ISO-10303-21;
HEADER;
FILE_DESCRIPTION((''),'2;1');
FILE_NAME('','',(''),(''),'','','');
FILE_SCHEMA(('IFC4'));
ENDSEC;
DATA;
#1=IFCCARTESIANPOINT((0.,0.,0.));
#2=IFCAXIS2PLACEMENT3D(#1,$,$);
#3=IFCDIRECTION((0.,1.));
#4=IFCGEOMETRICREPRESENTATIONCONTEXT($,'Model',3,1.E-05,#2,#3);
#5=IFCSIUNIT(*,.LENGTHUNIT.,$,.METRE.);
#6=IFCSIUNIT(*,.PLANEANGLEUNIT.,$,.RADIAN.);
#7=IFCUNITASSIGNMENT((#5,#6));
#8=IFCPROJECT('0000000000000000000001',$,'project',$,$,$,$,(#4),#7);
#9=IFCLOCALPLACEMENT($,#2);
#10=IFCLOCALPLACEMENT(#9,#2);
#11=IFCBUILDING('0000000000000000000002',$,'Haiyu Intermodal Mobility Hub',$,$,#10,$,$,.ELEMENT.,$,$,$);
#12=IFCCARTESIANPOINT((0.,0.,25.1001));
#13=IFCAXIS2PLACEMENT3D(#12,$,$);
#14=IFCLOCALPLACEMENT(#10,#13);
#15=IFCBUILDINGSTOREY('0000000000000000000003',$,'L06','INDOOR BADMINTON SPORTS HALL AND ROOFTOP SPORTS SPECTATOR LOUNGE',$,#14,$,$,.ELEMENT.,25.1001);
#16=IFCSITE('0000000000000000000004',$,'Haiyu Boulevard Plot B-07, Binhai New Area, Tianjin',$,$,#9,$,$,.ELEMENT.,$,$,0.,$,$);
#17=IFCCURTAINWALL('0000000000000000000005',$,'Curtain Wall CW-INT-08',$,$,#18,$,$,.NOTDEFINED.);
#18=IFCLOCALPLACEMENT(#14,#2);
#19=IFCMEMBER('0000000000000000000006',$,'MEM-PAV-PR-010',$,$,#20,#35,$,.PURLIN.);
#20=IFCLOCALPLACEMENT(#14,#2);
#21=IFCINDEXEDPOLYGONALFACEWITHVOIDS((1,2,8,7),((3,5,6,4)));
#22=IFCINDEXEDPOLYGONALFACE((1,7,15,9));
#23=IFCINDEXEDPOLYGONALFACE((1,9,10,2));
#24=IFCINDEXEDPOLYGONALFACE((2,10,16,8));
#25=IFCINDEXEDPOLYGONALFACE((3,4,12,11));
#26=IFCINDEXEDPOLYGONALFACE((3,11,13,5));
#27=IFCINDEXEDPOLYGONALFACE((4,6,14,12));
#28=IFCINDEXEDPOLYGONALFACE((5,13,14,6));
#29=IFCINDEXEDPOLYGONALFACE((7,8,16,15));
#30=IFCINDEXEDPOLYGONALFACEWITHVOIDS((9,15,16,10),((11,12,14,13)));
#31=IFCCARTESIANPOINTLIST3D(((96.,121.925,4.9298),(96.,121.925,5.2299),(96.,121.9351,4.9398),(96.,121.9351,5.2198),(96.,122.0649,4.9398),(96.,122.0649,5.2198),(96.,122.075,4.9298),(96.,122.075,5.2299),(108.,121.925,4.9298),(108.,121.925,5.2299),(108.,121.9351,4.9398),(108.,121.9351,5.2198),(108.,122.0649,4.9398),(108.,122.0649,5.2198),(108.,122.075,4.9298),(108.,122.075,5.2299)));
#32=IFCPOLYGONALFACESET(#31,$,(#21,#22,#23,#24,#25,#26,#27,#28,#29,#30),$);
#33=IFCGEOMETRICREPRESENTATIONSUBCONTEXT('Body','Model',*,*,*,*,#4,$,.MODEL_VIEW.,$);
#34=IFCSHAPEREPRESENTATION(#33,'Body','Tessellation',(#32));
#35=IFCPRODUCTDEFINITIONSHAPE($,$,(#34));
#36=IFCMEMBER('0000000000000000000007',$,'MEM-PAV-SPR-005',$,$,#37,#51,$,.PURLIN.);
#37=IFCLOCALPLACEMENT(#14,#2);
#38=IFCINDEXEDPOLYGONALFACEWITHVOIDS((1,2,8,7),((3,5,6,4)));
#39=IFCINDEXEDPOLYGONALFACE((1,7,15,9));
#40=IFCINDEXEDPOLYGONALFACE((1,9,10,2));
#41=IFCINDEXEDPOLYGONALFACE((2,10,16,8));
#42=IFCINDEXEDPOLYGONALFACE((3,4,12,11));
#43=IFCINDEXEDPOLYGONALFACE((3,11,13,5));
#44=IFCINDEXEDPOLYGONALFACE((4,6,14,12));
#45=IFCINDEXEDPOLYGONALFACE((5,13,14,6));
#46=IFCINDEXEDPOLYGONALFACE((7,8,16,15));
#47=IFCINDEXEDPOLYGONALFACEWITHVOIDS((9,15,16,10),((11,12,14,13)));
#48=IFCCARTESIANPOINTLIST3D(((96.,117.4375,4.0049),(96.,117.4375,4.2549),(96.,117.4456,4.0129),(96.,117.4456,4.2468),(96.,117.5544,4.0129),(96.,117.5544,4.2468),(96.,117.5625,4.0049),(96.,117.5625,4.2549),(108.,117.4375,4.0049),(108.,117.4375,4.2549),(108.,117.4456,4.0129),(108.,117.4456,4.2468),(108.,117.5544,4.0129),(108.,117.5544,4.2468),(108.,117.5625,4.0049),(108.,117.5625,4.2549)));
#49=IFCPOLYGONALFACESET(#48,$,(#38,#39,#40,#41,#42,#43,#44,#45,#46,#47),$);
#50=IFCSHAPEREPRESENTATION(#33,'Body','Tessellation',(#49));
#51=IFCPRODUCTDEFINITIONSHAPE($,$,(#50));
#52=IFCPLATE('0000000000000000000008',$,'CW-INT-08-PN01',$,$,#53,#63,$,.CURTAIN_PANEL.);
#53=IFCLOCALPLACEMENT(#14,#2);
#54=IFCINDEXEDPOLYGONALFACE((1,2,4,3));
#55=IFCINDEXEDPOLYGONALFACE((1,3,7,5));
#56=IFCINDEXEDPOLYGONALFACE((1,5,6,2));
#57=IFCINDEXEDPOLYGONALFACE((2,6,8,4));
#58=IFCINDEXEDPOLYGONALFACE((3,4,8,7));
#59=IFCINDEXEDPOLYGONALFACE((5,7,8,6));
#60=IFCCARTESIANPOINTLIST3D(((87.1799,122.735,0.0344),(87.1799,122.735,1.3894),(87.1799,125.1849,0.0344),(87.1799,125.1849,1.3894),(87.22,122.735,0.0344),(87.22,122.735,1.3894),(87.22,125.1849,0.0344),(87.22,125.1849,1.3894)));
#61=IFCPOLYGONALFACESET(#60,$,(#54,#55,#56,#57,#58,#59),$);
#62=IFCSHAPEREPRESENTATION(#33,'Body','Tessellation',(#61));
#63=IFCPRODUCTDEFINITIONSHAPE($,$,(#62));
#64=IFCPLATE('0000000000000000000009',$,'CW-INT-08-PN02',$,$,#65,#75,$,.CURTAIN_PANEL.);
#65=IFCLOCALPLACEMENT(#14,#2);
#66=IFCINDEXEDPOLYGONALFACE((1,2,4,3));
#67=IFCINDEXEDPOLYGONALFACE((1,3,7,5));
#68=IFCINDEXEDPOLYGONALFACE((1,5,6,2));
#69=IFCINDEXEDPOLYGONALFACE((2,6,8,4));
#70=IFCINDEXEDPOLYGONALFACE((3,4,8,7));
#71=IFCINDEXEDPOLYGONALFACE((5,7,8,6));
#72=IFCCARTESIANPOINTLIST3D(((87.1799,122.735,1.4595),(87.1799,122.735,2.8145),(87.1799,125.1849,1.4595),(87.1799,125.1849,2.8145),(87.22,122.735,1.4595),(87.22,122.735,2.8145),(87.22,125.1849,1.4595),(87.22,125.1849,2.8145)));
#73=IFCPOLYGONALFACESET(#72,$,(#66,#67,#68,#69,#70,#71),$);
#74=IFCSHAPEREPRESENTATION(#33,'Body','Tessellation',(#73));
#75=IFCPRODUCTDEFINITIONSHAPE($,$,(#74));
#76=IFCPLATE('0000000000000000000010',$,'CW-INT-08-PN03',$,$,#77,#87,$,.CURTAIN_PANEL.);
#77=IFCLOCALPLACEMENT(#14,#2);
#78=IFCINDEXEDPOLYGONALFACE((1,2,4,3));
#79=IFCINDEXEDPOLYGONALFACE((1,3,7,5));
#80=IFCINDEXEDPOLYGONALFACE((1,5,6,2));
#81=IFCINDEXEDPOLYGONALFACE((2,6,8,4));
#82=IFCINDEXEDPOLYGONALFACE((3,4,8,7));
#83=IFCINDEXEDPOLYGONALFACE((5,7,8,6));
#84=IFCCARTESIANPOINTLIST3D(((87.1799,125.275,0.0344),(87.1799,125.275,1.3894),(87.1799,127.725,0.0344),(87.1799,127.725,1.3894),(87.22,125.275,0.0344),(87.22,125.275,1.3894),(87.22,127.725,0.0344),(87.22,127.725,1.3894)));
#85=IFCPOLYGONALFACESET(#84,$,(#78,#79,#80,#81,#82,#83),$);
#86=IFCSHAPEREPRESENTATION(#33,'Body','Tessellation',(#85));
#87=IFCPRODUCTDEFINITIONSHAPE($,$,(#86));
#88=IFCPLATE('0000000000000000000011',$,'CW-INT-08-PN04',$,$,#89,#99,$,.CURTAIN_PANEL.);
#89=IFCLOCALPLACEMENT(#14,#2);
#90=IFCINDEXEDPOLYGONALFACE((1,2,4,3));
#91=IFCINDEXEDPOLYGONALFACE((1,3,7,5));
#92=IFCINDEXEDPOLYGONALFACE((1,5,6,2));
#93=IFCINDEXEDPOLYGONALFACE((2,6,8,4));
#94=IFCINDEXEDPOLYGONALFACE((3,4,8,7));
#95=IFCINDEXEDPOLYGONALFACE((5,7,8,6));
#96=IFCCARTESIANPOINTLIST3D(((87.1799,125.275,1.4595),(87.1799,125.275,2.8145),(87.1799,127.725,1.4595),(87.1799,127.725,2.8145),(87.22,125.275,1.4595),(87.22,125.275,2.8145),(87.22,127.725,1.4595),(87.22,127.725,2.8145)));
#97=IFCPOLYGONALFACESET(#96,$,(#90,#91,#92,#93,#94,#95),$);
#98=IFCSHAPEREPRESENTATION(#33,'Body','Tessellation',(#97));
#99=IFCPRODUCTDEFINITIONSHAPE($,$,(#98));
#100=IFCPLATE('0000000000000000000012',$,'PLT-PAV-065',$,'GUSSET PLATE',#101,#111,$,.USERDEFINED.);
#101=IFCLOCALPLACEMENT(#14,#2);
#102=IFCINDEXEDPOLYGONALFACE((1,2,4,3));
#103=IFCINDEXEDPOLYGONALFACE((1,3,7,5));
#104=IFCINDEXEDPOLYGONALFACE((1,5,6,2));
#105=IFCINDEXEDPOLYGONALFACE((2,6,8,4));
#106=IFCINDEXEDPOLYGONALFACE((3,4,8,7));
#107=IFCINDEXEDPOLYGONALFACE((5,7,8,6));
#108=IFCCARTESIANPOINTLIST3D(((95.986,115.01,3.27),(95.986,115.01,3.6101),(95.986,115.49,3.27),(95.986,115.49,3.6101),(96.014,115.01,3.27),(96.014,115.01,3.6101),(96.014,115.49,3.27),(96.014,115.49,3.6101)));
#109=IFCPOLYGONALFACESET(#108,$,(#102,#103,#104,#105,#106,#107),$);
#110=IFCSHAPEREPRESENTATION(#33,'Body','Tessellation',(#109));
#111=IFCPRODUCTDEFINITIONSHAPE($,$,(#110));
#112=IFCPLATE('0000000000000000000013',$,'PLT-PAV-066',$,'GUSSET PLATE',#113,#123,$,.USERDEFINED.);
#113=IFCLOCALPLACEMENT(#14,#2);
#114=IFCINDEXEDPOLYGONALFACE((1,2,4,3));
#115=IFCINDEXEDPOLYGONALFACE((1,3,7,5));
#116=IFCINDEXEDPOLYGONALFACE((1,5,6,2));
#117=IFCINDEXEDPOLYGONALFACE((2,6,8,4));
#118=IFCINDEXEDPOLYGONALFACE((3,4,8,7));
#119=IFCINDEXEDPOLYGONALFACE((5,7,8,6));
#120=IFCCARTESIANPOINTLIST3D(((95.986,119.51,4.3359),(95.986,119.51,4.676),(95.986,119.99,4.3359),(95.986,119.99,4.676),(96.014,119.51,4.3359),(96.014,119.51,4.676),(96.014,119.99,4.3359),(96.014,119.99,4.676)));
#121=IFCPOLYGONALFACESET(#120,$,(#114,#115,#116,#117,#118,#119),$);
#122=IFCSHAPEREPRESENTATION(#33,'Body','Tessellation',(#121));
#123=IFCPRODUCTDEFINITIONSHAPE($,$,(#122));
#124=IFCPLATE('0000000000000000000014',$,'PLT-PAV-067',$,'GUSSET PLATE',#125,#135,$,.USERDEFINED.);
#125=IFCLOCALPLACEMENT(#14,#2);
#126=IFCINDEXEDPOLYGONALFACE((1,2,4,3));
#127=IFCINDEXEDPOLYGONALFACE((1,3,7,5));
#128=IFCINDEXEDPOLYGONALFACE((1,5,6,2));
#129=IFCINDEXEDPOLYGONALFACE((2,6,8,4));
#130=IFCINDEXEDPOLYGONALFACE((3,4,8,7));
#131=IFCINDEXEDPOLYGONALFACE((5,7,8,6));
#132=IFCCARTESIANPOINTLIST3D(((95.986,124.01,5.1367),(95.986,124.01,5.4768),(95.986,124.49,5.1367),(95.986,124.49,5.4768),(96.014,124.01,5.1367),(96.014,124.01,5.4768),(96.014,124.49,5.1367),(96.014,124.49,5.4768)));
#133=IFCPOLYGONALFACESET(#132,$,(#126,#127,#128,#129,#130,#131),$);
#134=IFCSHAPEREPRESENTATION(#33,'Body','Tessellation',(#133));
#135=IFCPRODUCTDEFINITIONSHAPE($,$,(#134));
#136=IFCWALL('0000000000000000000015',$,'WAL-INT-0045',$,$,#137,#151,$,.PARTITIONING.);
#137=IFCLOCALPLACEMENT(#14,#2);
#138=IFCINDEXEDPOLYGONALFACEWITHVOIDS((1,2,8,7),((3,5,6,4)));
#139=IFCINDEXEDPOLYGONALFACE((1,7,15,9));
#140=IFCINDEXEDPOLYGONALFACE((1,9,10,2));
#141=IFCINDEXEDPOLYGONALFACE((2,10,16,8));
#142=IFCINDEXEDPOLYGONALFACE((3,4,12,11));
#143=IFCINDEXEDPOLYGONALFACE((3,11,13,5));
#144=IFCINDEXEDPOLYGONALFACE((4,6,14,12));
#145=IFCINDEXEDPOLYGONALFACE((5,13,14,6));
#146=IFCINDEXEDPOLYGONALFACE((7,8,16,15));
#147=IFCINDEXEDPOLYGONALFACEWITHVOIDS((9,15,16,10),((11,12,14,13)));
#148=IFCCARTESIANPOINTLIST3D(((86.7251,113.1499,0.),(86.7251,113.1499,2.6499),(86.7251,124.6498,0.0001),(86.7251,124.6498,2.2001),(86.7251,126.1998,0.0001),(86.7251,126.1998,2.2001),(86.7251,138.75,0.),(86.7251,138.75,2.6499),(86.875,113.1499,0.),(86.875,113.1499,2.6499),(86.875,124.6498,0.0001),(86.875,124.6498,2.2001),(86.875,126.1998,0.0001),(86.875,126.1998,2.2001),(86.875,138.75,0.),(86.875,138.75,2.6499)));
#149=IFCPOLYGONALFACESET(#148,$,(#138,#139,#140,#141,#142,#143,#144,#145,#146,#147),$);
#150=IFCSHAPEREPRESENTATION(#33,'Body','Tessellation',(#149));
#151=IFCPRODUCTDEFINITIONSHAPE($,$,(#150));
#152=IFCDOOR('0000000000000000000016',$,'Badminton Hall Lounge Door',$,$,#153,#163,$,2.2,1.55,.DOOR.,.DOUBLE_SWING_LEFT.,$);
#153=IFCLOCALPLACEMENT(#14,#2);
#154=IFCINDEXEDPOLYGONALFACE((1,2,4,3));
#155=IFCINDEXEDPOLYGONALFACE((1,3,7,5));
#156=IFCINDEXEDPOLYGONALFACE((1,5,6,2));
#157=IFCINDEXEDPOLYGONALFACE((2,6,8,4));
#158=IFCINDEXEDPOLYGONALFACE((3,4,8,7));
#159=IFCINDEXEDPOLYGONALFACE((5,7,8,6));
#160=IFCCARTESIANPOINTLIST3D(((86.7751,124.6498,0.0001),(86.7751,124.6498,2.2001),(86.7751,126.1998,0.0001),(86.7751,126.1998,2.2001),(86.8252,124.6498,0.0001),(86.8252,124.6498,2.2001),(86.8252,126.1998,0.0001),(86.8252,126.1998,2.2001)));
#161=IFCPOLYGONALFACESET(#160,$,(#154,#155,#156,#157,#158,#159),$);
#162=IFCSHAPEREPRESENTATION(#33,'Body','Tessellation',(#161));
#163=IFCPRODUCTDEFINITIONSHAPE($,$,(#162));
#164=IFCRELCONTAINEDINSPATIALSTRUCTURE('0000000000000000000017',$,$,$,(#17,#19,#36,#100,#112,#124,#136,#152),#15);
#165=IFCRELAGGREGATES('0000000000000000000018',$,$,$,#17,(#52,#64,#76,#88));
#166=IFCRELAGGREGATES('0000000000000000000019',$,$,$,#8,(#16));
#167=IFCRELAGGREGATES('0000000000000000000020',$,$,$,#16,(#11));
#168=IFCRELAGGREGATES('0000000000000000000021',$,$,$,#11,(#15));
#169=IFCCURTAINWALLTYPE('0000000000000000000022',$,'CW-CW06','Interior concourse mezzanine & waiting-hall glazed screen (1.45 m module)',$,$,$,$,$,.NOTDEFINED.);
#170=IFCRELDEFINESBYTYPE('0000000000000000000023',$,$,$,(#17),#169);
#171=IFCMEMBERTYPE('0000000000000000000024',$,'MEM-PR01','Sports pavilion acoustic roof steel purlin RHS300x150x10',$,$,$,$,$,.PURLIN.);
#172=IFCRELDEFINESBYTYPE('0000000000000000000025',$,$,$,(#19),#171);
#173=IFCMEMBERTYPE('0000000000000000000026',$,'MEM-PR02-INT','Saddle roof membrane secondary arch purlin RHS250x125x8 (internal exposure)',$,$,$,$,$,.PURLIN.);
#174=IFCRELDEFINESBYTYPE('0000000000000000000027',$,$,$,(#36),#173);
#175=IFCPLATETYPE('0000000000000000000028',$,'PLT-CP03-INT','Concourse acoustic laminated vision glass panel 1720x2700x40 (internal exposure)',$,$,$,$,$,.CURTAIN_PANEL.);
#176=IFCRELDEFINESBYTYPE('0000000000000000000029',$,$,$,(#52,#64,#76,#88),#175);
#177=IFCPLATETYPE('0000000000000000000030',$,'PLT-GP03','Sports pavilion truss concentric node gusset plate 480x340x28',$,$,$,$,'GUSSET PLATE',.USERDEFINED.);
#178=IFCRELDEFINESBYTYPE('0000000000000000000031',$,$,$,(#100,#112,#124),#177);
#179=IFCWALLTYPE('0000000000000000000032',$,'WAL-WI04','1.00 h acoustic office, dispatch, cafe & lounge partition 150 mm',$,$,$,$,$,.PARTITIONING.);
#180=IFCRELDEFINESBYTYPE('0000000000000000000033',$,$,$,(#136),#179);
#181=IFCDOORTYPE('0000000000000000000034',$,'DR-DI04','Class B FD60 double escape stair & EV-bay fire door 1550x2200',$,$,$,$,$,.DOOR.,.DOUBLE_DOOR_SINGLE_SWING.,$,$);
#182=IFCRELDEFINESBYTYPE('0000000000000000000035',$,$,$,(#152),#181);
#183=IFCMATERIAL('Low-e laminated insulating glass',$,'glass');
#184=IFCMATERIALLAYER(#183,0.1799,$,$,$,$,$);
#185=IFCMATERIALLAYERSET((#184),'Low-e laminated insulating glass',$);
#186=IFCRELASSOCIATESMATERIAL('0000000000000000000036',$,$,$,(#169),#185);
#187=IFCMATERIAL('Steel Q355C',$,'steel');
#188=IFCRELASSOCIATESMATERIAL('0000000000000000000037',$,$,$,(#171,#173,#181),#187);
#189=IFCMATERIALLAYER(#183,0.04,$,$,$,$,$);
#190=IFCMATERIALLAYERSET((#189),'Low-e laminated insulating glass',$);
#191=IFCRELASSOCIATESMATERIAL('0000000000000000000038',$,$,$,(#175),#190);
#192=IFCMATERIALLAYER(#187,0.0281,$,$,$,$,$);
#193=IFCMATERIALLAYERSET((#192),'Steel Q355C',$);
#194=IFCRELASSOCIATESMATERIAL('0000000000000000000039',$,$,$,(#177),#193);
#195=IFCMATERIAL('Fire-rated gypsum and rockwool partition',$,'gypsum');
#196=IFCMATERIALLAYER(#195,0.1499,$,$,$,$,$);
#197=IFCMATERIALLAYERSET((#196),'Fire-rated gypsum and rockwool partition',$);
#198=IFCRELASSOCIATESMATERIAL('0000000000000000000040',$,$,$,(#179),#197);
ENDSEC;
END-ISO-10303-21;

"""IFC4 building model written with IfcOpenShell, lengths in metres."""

from ifc_helpers import new_model, si_unit, direction, frame, frame_2d, origin, origin_2d, place, context, subcontext, project, spatial, rectangle, hollow_rectangle, extrude, material, layer, layer_set, material_profile, profile_set, type_object, element, fill, aggregate, save


model = new_model("IFC4")

# Units and contexts
model_context = context("Model", 3, precision=1e-05, world=origin(), true_north=direction((0.0, 1.0)))
body_context = subcontext(model_context, "Body", "Model", "MODEL_VIEW")
ifc_project = project(units=[si_unit("LENGTHUNIT", "METRE"), si_unit("PLANEANGLEUNIT", "RADIAN")], contexts=[model_context])

# Site, building, storey
site_placement = place(None, origin())
site = spatial("IfcSite", under=ifc_project, at=site_placement, Name="Haiyu Boulevard Plot B-07, Binhai New Area, Tianjin", CompositionType="ELEMENT", RefElevation=0.0)
building_placement = place(site_placement, origin())
building = spatial("IfcBuilding", under=site, at=building_placement, Name="Haiyu Intermodal Mobility Hub", CompositionType="ELEMENT")
storey_placement = place(building_placement, frame((0.0, 0.0, 25.1001)))
storey = spatial("IfcBuildingStorey", under=building, at=storey_placement, Name="L06", Description="INDOOR BADMINTON SPORTS HALL AND ROOFTOP SPORTS SPECTATOR LOUNGE", CompositionType="ELEMENT", Elevation=25.1001)

# Shared definitions
ifc_material_1 = material(Name="Steel Q355C", Category="steel")

# Shared definitions
ifc_material_2 = material(Name="Low-e laminated insulating glass", Category="glass")

# Curtain wall
ifc_layer_1 = layer(ifc_material_2, 0.1799)
ifc_layer_set_1 = layer_set([ifc_layer_1], Name="Low-e laminated insulating glass")
curtain_wall_type_1 = type_object("IfcCurtainWallType", Name="CW-CW06", Description="Interior concourse mezzanine & waiting-hall glazed screen (1.45 m module)", PredefinedType="NOTDEFINED", material=ifc_layer_set_1)
curtain_wall_1_placement = place(storey_placement, origin())
curtain_wall_1 = element("IfcCurtainWall", 1, at=curtain_wall_1_placement, inside=storey, type_object=curtain_wall_type_1, Name="Curtain Wall CW-INT-08", PredefinedType="NOTDEFINED")

# Members
ifc_material_profile_1 = material_profile(ifc_material_1, hollow_rectangle(XDim=0.1499, YDim=0.3, WallThickness=0.01, at=origin_2d()), Name="RHS300x150x10")
ifc_profile_set_1 = profile_set([ifc_material_profile_1], Name="Steel Q355C")
member_type_1 = type_object("IfcMemberType", Name="MEM-PR01", Description="Sports pavilion acoustic roof steel purlin RHS300x150x10", PredefinedType="PURLIN", material=ifc_profile_set_1)
member_1_placement = place(storey_placement, frame((96.0, 122.0, 5.0798), z_axis=(1.0, 0.0, 0.0), x_axis=(0.0, 1.0, 0.0)))
element("IfcMember", 2, at=member_1_placement, inside=storey, type_object=member_type_1, Name="MEM-PAV-PR-010", PredefinedType="PURLIN", context=body_context, shape_type="SweptSolid", body=[
    extrude(hollow_rectangle(XDim=0.1499, YDim=0.3, WallThickness=0.01, at=origin_2d()), origin(), (0.0, 0.0, 1.0), 12.0),
])
ifc_material_profile_2 = material_profile(ifc_material_1, hollow_rectangle(XDim=0.125, YDim=0.25, WallThickness=0.0081, at=origin_2d()), Name="RHS250x125x8")
ifc_profile_set_2 = profile_set([ifc_material_profile_2], Name="Steel Q355C")
member_type_2 = type_object("IfcMemberType", Name="MEM-PR02-INT", Description="Saddle roof membrane secondary arch purlin RHS250x125x8 (internal exposure)", PredefinedType="PURLIN", material=ifc_profile_set_2)
member_2_placement = place(storey_placement, frame((96.0, 117.5, 4.1299), z_axis=(1.0, 0.0, 0.0), x_axis=(0.0, 1.0, 0.0)))
element("IfcMember", 3, at=member_2_placement, inside=storey, type_object=member_type_2, Name="MEM-PAV-SPR-005", PredefinedType="PURLIN", context=body_context, shape_type="SweptSolid", body=[
    extrude(hollow_rectangle(XDim=0.125, YDim=0.25, WallThickness=0.0081, at=origin_2d()), origin(), (0.0, 0.0, 1.0), 12.0),
])

# Plates
ifc_layer_2 = layer(ifc_material_2, 0.04)
ifc_layer_set_2 = layer_set([ifc_layer_2], Name="Low-e laminated insulating glass")
plate_type_1 = type_object("IfcPlateType", Name="PLT-CP03-INT", Description="Concourse acoustic laminated vision glass panel 1720x2700x40 (internal exposure)", PredefinedType="CURTAIN_PANEL", material=ifc_layer_set_2)
plate_1_placement = place(storey_placement, frame((87.2, 123.96, 0.0344), z_axis=(0.0, 0.0, 1.0), x_axis=(0.0, 1.0, 0.0)))
plate_1 = element("IfcPlate", 4, at=plate_1_placement, type_object=plate_type_1, Name="CW-INT-08-PN01", PredefinedType="CURTAIN_PANEL", context=body_context, shape_type="SweptSolid", body=[
    extrude(rectangle(XDim=2.45, YDim=0.04, at=origin_2d()), origin(), (0.0, 0.0, 1.0), 1.355),
])
plate_2_placement = place(storey_placement, frame((87.2, 123.96, 1.4595), z_axis=(0.0, 0.0, 1.0), x_axis=(0.0, 1.0, 0.0)))
plate_2 = element("IfcPlate", 5, at=plate_2_placement, type_object=plate_type_1, Name="CW-INT-08-PN02", PredefinedType="CURTAIN_PANEL", context=body_context, shape_type="SweptSolid", body=[
    extrude(rectangle(XDim=2.45, YDim=0.04, at=origin_2d()), origin(), (0.0, 0.0, 1.0), 1.355),
])
plate_3_placement = place(storey_placement, frame((87.2, 126.5, 0.0344), z_axis=(0.0, 0.0, 1.0), x_axis=(0.0, 1.0, 0.0)))
plate_3 = element("IfcPlate", 6, at=plate_3_placement, type_object=plate_type_1, Name="CW-INT-08-PN03", PredefinedType="CURTAIN_PANEL", context=body_context, shape_type="SweptSolid", body=[
    extrude(rectangle(XDim=2.45, YDim=0.04, at=origin_2d()), origin(), (0.0, 0.0, 1.0), 1.355),
])
plate_4_placement = place(storey_placement, frame((87.2, 126.5, 1.4595), z_axis=(0.0, 0.0, 1.0), x_axis=(0.0, 1.0, 0.0)))
plate_4 = element("IfcPlate", 7, at=plate_4_placement, type_object=plate_type_1, Name="CW-INT-08-PN04", PredefinedType="CURTAIN_PANEL", context=body_context, shape_type="SweptSolid", body=[
    extrude(rectangle(XDim=2.45, YDim=0.04, at=origin_2d()), origin(), (0.0, 0.0, 1.0), 1.355),
])
aggregate(curtain_wall_1, [plate_1, plate_2, plate_3, plate_4])

# Plates
ifc_layer_3 = layer(ifc_material_1, 0.0281)
ifc_layer_set_3 = layer_set([ifc_layer_3], Name="Steel Q355C")
plate_type_2 = type_object("IfcPlateType", Name="PLT-GP03", Description="Sports pavilion truss concentric node gusset plate 480x340x28", ElementType="GUSSET PLATE", PredefinedType="USERDEFINED", material=ifc_layer_set_3)
for number, where, z_axis, x_axis, name in (
    (8, (96.0, 115.25, 3.27), (0.0, 0.0, 1.0), (1.0, 0.0, 0.0), "PLT-PAV-065"),
    (9, (96.0, 119.75, 4.3359), (0.0, 0.0, 1.0), (1.0, 0.0, 0.0), "PLT-PAV-066"),
    (10, (96.0, 124.25, 5.1367), (0.0, 0.0, 1.0), (1.0, 0.0, 0.0), "PLT-PAV-067"),
):
    element("IfcPlate", number, at=place(storey_placement, frame(where, z_axis=z_axis, x_axis=x_axis)), inside=storey, type_object=plate_type_2, Name=name, ObjectType="GUSSET PLATE", PredefinedType="USERDEFINED", context=body_context, shape_type="SweptSolid", body=[
        extrude(rectangle(XDim=0.0281, YDim=0.48, at=origin_2d()), origin(), (0.0, 0.0, 1.0), 0.3401),
    ])

# Wall, opening, door
ifc_material_3 = material(Name="Fire-rated gypsum and rockwool partition", Category="gypsum")
ifc_layer_4 = layer(ifc_material_3, 0.1499)
ifc_layer_set_4 = layer_set([ifc_layer_4], Name="Fire-rated gypsum and rockwool partition")
wall_type = type_object("IfcWallType", Name="WAL-WI04", Description="1.00 h acoustic office, dispatch, cafe & lounge partition 150 mm", PredefinedType="PARTITIONING", material=ifc_layer_set_4)
wall_placement = place(storey_placement, frame((86.8, 113.1499, 0.0), z_axis=(0.0, 0.0, 1.0), x_axis=(0.0, 1.0, 0.0)))
wall = element("IfcWall", 11, at=wall_placement, inside=storey, type_object=wall_type, Name="WAL-INT-0045", PredefinedType="PARTITIONING", context=body_context, shape_type="SweptSolid", body=[
    extrude(rectangle(XDim=25.6001, YDim=0.1499, at=frame_2d((12.8, 0.0))), origin(), (0.0, 0.0, 1.0), 2.6499),
])
opening_placement = place(wall_placement, frame((11.5, 0.0, 0.0)))
opening = element("IfcOpeningElement", 12, at=opening_placement, cuts=wall, PredefinedType="OPENING", context=body_context, shape_type="SweptSolid", body=[
    extrude(rectangle(XDim=1.55, YDim=2.2, at=frame_2d((0.7749, 1.1001))), frame((0.0, 0.085, 0.0), z_axis=(0.0, -1.0, 0.0), x_axis=(1.0, 0.0, 0.0)), (0.0, 0.0, 1.0), 0.1699),
])
door_type = type_object("IfcDoorType", Name="DR-DI04", Description="Class B FD60 double escape stair & EV-bay fire door 1550x2200", OperationType="DOUBLE_DOOR_SINGLE_SWING", PredefinedType="DOOR", material=ifc_material_1)
door_placement = place(opening_placement, origin())
door = element("IfcDoor", 13, at=door_placement, inside=storey, type_object=door_type, Name="Badminton Hall Lounge Door", OperationType="DOUBLE_SWING_LEFT", OverallHeight=2.2, OverallWidth=1.55, PredefinedType="DOOR", context=body_context, shape_type="SweptSolid", body=[
    extrude(rectangle(XDim=1.55, YDim=2.2, at=frame_2d((0.7749, 1.1001))), frame((0.0, 0.0249, 0.0), z_axis=(0.0, -1.0, 0.0), x_axis=(1.0, 0.0, 0.0)), (0.0, 0.0, 1.0), 0.05),
])
fill(opening, door)

save(model, "model.ifc")
